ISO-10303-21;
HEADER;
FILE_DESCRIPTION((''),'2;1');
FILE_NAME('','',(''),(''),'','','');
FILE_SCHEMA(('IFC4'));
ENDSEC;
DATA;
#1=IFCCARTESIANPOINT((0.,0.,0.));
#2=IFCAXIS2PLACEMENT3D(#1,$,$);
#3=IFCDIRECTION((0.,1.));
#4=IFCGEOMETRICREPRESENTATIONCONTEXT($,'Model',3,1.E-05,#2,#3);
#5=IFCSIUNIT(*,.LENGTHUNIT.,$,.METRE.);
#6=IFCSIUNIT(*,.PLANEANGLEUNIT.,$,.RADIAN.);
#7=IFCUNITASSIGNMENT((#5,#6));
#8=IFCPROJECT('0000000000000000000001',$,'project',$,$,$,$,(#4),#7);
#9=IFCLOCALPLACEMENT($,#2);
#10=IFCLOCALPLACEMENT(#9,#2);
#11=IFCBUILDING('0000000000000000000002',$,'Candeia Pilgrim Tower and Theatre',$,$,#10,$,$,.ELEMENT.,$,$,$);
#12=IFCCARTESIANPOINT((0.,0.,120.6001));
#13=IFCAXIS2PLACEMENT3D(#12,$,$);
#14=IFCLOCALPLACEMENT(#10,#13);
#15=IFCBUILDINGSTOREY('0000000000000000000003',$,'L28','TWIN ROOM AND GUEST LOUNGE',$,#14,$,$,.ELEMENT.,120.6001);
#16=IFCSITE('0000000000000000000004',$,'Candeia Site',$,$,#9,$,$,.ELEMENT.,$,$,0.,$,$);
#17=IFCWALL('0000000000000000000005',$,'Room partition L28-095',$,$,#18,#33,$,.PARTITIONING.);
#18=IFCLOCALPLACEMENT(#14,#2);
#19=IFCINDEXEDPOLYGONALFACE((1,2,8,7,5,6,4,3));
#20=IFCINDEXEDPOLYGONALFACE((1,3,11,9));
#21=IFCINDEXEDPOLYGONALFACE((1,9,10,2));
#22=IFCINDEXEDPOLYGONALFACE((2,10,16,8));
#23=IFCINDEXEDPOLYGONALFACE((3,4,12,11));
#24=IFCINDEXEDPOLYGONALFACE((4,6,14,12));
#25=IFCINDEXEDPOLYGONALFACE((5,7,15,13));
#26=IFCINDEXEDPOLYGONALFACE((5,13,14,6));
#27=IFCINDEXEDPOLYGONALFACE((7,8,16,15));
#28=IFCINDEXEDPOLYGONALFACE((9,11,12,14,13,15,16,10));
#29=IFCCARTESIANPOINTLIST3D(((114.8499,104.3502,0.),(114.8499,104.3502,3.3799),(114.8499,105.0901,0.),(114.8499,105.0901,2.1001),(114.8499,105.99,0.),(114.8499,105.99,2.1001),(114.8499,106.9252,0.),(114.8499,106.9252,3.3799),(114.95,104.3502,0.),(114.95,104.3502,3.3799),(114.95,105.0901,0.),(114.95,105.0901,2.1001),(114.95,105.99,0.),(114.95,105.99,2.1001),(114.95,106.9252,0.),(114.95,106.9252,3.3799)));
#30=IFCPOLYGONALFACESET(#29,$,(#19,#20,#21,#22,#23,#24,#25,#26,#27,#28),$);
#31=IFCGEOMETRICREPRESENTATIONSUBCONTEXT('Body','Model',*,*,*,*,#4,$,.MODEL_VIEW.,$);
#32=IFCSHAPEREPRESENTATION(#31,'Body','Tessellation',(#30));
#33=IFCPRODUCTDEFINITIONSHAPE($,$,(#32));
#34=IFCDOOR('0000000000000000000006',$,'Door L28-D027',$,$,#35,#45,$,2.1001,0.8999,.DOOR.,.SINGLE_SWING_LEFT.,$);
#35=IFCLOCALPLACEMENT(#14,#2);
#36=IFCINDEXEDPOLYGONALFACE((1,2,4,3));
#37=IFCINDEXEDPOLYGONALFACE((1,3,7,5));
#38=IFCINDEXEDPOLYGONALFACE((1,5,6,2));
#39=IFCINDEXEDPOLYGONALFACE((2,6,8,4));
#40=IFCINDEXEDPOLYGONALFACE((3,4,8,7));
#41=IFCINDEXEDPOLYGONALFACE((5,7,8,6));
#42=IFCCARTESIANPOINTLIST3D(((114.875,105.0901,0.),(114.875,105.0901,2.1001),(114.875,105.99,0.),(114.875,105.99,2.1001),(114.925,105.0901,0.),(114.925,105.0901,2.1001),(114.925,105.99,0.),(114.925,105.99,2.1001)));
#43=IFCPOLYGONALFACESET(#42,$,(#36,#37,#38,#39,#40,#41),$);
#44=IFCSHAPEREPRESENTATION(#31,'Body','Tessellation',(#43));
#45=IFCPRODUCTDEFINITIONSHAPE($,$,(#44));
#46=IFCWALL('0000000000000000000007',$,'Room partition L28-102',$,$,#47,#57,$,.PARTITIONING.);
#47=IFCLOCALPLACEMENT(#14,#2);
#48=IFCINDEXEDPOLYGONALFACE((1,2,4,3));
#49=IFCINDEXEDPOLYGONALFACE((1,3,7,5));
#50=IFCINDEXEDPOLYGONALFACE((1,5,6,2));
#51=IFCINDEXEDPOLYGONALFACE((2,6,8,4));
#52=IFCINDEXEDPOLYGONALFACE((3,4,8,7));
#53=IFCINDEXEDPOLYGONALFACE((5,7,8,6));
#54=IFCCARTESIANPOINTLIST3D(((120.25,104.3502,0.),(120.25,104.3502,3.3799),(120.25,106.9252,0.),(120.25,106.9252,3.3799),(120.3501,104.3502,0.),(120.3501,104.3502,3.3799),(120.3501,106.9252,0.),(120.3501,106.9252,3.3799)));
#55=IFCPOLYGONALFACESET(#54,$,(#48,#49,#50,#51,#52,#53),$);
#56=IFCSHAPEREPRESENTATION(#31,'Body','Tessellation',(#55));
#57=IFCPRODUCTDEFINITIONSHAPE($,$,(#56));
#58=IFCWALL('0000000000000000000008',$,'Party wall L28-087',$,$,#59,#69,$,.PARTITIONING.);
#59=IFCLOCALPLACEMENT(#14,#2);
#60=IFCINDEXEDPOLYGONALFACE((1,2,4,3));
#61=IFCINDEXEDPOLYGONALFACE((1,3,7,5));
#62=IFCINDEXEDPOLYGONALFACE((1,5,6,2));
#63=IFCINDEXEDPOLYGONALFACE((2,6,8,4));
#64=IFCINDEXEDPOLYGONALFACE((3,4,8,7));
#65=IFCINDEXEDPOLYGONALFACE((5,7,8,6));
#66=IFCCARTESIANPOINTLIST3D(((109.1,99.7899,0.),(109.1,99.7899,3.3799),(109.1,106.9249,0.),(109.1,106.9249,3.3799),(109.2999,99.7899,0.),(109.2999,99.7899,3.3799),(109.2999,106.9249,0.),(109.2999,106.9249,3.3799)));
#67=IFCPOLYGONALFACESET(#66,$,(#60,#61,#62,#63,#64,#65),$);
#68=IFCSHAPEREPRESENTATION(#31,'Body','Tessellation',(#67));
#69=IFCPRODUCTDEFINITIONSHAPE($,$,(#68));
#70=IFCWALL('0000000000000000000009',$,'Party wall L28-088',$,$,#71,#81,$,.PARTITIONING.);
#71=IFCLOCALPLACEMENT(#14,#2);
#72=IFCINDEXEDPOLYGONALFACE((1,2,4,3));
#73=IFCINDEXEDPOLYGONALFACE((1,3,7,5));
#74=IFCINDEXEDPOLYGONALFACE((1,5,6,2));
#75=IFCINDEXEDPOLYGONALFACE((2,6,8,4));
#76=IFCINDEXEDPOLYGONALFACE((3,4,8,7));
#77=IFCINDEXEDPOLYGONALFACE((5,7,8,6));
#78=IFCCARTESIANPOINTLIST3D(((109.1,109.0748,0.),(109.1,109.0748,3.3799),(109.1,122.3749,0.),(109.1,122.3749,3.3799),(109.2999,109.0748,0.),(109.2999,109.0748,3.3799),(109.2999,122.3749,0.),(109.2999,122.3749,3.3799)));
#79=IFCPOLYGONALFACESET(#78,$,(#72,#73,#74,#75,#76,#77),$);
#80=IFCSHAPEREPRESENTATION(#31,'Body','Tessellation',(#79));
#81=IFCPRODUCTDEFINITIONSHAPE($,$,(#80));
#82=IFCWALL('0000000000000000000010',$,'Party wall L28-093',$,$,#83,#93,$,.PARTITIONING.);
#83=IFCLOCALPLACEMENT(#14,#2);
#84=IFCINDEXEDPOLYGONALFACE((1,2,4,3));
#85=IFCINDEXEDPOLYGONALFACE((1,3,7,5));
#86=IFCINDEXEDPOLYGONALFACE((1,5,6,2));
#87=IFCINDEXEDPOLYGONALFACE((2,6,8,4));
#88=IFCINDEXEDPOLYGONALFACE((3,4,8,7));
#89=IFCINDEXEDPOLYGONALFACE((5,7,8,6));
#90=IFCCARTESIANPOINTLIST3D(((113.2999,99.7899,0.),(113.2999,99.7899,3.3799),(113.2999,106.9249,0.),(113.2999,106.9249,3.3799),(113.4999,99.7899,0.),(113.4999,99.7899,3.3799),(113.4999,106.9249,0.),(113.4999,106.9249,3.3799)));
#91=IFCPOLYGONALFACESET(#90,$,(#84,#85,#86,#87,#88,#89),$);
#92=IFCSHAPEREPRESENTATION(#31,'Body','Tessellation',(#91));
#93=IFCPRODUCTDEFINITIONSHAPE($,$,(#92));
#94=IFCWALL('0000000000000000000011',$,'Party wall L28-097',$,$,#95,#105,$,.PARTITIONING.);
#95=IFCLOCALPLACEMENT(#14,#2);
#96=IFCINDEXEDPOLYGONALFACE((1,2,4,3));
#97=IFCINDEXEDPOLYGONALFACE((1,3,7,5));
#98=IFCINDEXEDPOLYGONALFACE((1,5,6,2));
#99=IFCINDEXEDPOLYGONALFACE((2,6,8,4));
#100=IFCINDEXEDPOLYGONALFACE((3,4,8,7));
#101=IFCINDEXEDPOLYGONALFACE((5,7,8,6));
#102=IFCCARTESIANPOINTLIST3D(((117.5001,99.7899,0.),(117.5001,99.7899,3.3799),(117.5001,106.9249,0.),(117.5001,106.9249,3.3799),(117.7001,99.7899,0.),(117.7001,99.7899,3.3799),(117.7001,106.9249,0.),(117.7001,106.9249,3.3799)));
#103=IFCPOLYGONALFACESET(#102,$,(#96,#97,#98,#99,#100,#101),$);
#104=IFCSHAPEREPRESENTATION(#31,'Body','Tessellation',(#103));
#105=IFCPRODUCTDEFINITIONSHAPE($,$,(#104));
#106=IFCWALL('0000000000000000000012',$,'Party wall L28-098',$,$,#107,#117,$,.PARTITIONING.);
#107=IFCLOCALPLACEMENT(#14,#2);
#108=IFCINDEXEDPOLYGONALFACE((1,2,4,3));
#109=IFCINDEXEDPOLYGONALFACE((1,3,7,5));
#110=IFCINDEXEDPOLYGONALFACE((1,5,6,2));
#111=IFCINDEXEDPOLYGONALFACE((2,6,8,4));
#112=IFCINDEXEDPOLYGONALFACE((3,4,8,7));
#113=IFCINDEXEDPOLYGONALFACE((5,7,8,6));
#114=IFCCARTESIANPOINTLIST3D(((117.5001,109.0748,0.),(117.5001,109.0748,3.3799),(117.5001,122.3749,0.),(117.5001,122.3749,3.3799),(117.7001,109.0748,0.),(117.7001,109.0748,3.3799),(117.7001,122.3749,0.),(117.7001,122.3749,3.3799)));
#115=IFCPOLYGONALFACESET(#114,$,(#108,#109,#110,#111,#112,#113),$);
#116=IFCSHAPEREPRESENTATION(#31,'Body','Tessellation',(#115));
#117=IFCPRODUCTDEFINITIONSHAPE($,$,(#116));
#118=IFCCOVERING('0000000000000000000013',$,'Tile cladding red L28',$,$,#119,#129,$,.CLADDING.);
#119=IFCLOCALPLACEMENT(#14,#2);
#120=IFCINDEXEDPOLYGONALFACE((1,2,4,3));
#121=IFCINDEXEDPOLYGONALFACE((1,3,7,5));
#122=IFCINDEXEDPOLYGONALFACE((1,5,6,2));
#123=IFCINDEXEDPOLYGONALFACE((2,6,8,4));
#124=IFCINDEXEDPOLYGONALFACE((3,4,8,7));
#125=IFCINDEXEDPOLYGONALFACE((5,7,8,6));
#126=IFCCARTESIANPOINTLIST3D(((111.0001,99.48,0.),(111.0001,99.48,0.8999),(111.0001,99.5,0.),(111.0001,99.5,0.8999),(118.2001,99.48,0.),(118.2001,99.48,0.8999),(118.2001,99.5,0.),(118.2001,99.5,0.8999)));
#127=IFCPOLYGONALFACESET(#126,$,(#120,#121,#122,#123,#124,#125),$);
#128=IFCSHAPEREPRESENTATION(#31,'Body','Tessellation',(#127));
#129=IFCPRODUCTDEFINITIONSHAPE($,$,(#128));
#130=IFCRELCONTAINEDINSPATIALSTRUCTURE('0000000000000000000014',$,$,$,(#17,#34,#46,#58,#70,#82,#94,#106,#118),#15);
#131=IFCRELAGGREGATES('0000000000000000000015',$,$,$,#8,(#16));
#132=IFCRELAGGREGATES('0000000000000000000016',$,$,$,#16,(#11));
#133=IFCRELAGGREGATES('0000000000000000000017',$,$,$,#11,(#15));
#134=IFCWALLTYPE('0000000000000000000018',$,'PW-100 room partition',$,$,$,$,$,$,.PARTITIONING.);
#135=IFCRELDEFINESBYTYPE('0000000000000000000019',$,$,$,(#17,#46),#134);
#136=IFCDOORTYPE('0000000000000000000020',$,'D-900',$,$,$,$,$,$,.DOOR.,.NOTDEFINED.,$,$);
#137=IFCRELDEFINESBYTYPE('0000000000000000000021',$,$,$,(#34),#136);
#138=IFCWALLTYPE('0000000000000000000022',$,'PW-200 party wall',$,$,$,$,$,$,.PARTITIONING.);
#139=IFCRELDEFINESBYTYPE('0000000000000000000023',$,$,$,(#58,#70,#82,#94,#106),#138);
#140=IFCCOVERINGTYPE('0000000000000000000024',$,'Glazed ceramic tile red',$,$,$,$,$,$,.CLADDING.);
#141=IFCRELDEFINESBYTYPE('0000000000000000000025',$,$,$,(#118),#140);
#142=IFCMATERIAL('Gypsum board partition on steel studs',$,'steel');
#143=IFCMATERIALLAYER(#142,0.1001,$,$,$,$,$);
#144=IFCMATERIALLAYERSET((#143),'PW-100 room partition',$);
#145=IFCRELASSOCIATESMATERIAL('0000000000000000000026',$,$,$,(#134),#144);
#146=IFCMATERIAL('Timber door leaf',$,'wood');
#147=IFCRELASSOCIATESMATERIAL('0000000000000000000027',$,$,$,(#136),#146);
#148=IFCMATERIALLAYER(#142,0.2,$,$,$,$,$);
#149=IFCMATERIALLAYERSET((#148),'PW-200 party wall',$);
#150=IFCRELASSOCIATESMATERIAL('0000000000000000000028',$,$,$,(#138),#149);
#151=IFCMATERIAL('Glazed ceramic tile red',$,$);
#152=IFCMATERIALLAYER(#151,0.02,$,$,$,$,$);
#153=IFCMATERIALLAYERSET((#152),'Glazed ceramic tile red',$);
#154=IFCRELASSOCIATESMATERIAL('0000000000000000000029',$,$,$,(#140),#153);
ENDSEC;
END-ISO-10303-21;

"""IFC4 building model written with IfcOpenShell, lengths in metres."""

from ifc_helpers import new_model, si_unit, direction, frame, frame_2d, origin, origin_2d, place, context, subcontext, project, spatial, rectangle, extrude, material, layer, layer_set, type_object, element, fill, save


model = new_model("IFC4")

# Units and contexts
model_context = context("Model", 3, precision=1e-05, world=origin(), true_north=direction((0.0, 1.0)))
body_context = subcontext(model_context, "Body", "Model", "MODEL_VIEW")
ifc_project = project(units=[si_unit("LENGTHUNIT", "METRE"), si_unit("PLANEANGLEUNIT", "RADIAN")], contexts=[model_context])

# Site, building, storey
site_placement = place(None, origin())
site = spatial("IfcSite", under=ifc_project, at=site_placement, Name="Candeia Site", CompositionType="ELEMENT", RefElevation=0.0)
building_placement = place(site_placement, origin())
building = spatial("IfcBuilding", under=site, at=building_placement, Name="Candeia Pilgrim Tower and Theatre", CompositionType="ELEMENT")
storey_placement = place(building_placement, frame((0.0, 0.0, 120.6001)))
storey = spatial("IfcBuildingStorey", under=building, at=storey_placement, Name="L28", Description="TWIN ROOM AND GUEST LOUNGE", CompositionType="ELEMENT", Elevation=120.6001)

# Shared definitions
ifc_material_1 = material(Name="Gypsum board partition on steel studs", Category="steel")
ifc_layer_1 = layer(ifc_material_1, 0.1001)
ifc_layer_set_1 = layer_set([ifc_layer_1], Name="PW-100 room partition")
wall_type_1 = type_object("IfcWallType", Name="PW-100 room partition", PredefinedType="PARTITIONING", material=ifc_layer_set_1)
ifc_material_2 = material(Name="Timber door leaf", Category="wood")

# Wall, opening, door
wall_1_placement = place(storey_placement, frame((114.8999, 104.3501, 0.0), z_axis=(0.0, 0.0, 1.0), x_axis=(0.0, 1.0, 0.0)))
wall_1 = element("IfcWall", 1, at=wall_1_placement, inside=storey, type_object=wall_type_1, Name="Room partition L28-095", PredefinedType="PARTITIONING", context=body_context, shape_type="SweptSolid", body=[
    extrude(rectangle(XDim=2.575, YDim=0.1001, at=frame_2d((1.2876, 0.0))), origin(), (0.0, 0.0, 1.0), 3.3799),
])
opening_1_placement = place(wall_1_placement, frame((0.74, 0.0, 0.0)))
opening_1 = element("IfcOpeningElement", 2, at=opening_1_placement, cuts=wall_1, PredefinedType="OPENING", context=body_context, shape_type="SweptSolid", body=[
    extrude(rectangle(XDim=0.8999, YDim=2.1001, at=frame_2d((0.45, 1.05))), frame((0.0, 0.0601, 0.0), z_axis=(0.0, -1.0, 0.0), x_axis=(1.0, 0.0, 0.0)), (0.0, 0.0, 1.0), 0.1201),
])
door_type_1 = type_object("IfcDoorType", Name="D-900", OperationType="NOTDEFINED", PredefinedType="DOOR", material=ifc_material_2)
door_1_placement = place(opening_1_placement, origin())
door_1 = element("IfcDoor", 3, at=door_1_placement, inside=storey, type_object=door_type_1, Name="Door L28-D027", OperationType="SINGLE_SWING_LEFT", OverallHeight=2.1001, OverallWidth=0.8999, PredefinedType="DOOR", context=body_context, shape_type="SweptSolid", body=[
    extrude(rectangle(XDim=0.8999, YDim=2.1001, at=frame_2d((0.45, 1.05))), frame((0.0, 0.0249, 0.0), z_axis=(0.0, -1.0, 0.0), x_axis=(1.0, 0.0, 0.0)), (0.0, 0.0, 1.0), 0.05),
])
fill(opening_1, door_1)

# Walls
wall_2_placement = place(storey_placement, frame((120.3, 104.3501, 0.0), z_axis=(0.0, 0.0, 1.0), x_axis=(0.0, 1.0, 0.0)))
element("IfcWall", 4, at=wall_2_placement, inside=storey, type_object=wall_type_1, Name="Room partition L28-102", PredefinedType="PARTITIONING", context=body_context, shape_type="SweptSolid", body=[
    extrude(rectangle(XDim=2.575, YDim=0.1001, at=frame_2d((1.2876, 0.0))), origin(), (0.0, 0.0, 1.0), 3.3799),
])
ifc_layer_2 = layer(ifc_material_1, 0.2)
ifc_layer_set_2 = layer_set([ifc_layer_2], Name="PW-200 party wall")
wall_type_2 = type_object("IfcWallType", Name="PW-200 party wall", PredefinedType="PARTITIONING", material=ifc_layer_set_2)
wall_3_placement = place(storey_placement, frame((109.2, 99.79, 0.0), z_axis=(0.0, 0.0, 1.0), x_axis=(0.0, 1.0, 0.0)))
element("IfcWall", 5, at=wall_3_placement, inside=storey, type_object=wall_type_2, Name="Party wall L28-087", PredefinedType="PARTITIONING", context=body_context, shape_type="SweptSolid", body=[
    extrude(rectangle(XDim=7.135, YDim=0.2, at=frame_2d((3.5674, 0.0))), origin(), (0.0, 0.0, 1.0), 3.3799),
])
wall_4_placement = place(storey_placement, frame((109.2, 109.075, 0.0), z_axis=(0.0, 0.0, 1.0), x_axis=(0.0, 1.0, 0.0)))
element("IfcWall", 6, at=wall_4_placement, inside=storey, type_object=wall_type_2, Name="Party wall L28-088", PredefinedType="PARTITIONING", context=body_context, shape_type="SweptSolid", body=[
    extrude(rectangle(XDim=13.3, YDim=0.2, at=frame_2d((6.6499, 0.0))), origin(), (0.0, 0.0, 1.0), 3.3799),
])
for number, where, z_axis, x_axis, name in (
    (7, (113.3999, 99.79, 0.0), (0.0, 0.0, 1.0), (0.0, 1.0, 0.0), "Party wall L28-093"),
    (8, (117.6001, 99.79, 0.0), (0.0, 0.0, 1.0), (0.0, 1.0, 0.0), "Party wall L28-097"),
):
    element("IfcWall", number, at=place(storey_placement, frame(where, z_axis=z_axis, x_axis=x_axis)), inside=storey, type_object=wall_type_2, Name=name, PredefinedType="PARTITIONING", context=body_context, shape_type="SweptSolid", body=[
        extrude(rectangle(XDim=7.135, YDim=0.2, at=frame_2d((3.5674, 0.0))), origin(), (0.0, 0.0, 1.0), 3.3799),
    ])
wall_5_placement = place(storey_placement, frame((117.6001, 109.075, 0.0), z_axis=(0.0, 0.0, 1.0), x_axis=(0.0, 1.0, 0.0)))
element("IfcWall", 9, at=wall_5_placement, inside=storey, type_object=wall_type_2, Name="Party wall L28-098", PredefinedType="PARTITIONING", context=body_context, shape_type="SweptSolid", body=[
    extrude(rectangle(XDim=13.3, YDim=0.2, at=frame_2d((6.6499, 0.0))), origin(), (0.0, 0.0, 1.0), 3.3799),
])

# Covering
ifc_material_3 = material(Name="Glazed ceramic tile red")
ifc_layer_3 = layer(ifc_material_3, 0.02)
ifc_layer_set_3 = layer_set([ifc_layer_3], Name="Glazed ceramic tile red")
covering_type = type_object("IfcCoveringType", Name="Glazed ceramic tile red", PredefinedType="CLADDING", material=ifc_layer_set_3)
covering_placement = place(storey_placement, frame((114.6001, 99.49, 0.0), z_axis=(0.0, 0.0, 1.0), x_axis=(1.0, 0.0, 0.0)))
element("IfcCovering", 10, at=covering_placement, inside=storey, type_object=covering_type, Name="Tile cladding red L28", PredefinedType="CLADDING", context=body_context, shape_type="SweptSolid", body=[
    extrude(rectangle(XDim=7.2, YDim=0.02, at=origin_2d()), origin(), (0.0, 0.0, 1.0), 0.8999),
])

save(model, "model.ifc")
